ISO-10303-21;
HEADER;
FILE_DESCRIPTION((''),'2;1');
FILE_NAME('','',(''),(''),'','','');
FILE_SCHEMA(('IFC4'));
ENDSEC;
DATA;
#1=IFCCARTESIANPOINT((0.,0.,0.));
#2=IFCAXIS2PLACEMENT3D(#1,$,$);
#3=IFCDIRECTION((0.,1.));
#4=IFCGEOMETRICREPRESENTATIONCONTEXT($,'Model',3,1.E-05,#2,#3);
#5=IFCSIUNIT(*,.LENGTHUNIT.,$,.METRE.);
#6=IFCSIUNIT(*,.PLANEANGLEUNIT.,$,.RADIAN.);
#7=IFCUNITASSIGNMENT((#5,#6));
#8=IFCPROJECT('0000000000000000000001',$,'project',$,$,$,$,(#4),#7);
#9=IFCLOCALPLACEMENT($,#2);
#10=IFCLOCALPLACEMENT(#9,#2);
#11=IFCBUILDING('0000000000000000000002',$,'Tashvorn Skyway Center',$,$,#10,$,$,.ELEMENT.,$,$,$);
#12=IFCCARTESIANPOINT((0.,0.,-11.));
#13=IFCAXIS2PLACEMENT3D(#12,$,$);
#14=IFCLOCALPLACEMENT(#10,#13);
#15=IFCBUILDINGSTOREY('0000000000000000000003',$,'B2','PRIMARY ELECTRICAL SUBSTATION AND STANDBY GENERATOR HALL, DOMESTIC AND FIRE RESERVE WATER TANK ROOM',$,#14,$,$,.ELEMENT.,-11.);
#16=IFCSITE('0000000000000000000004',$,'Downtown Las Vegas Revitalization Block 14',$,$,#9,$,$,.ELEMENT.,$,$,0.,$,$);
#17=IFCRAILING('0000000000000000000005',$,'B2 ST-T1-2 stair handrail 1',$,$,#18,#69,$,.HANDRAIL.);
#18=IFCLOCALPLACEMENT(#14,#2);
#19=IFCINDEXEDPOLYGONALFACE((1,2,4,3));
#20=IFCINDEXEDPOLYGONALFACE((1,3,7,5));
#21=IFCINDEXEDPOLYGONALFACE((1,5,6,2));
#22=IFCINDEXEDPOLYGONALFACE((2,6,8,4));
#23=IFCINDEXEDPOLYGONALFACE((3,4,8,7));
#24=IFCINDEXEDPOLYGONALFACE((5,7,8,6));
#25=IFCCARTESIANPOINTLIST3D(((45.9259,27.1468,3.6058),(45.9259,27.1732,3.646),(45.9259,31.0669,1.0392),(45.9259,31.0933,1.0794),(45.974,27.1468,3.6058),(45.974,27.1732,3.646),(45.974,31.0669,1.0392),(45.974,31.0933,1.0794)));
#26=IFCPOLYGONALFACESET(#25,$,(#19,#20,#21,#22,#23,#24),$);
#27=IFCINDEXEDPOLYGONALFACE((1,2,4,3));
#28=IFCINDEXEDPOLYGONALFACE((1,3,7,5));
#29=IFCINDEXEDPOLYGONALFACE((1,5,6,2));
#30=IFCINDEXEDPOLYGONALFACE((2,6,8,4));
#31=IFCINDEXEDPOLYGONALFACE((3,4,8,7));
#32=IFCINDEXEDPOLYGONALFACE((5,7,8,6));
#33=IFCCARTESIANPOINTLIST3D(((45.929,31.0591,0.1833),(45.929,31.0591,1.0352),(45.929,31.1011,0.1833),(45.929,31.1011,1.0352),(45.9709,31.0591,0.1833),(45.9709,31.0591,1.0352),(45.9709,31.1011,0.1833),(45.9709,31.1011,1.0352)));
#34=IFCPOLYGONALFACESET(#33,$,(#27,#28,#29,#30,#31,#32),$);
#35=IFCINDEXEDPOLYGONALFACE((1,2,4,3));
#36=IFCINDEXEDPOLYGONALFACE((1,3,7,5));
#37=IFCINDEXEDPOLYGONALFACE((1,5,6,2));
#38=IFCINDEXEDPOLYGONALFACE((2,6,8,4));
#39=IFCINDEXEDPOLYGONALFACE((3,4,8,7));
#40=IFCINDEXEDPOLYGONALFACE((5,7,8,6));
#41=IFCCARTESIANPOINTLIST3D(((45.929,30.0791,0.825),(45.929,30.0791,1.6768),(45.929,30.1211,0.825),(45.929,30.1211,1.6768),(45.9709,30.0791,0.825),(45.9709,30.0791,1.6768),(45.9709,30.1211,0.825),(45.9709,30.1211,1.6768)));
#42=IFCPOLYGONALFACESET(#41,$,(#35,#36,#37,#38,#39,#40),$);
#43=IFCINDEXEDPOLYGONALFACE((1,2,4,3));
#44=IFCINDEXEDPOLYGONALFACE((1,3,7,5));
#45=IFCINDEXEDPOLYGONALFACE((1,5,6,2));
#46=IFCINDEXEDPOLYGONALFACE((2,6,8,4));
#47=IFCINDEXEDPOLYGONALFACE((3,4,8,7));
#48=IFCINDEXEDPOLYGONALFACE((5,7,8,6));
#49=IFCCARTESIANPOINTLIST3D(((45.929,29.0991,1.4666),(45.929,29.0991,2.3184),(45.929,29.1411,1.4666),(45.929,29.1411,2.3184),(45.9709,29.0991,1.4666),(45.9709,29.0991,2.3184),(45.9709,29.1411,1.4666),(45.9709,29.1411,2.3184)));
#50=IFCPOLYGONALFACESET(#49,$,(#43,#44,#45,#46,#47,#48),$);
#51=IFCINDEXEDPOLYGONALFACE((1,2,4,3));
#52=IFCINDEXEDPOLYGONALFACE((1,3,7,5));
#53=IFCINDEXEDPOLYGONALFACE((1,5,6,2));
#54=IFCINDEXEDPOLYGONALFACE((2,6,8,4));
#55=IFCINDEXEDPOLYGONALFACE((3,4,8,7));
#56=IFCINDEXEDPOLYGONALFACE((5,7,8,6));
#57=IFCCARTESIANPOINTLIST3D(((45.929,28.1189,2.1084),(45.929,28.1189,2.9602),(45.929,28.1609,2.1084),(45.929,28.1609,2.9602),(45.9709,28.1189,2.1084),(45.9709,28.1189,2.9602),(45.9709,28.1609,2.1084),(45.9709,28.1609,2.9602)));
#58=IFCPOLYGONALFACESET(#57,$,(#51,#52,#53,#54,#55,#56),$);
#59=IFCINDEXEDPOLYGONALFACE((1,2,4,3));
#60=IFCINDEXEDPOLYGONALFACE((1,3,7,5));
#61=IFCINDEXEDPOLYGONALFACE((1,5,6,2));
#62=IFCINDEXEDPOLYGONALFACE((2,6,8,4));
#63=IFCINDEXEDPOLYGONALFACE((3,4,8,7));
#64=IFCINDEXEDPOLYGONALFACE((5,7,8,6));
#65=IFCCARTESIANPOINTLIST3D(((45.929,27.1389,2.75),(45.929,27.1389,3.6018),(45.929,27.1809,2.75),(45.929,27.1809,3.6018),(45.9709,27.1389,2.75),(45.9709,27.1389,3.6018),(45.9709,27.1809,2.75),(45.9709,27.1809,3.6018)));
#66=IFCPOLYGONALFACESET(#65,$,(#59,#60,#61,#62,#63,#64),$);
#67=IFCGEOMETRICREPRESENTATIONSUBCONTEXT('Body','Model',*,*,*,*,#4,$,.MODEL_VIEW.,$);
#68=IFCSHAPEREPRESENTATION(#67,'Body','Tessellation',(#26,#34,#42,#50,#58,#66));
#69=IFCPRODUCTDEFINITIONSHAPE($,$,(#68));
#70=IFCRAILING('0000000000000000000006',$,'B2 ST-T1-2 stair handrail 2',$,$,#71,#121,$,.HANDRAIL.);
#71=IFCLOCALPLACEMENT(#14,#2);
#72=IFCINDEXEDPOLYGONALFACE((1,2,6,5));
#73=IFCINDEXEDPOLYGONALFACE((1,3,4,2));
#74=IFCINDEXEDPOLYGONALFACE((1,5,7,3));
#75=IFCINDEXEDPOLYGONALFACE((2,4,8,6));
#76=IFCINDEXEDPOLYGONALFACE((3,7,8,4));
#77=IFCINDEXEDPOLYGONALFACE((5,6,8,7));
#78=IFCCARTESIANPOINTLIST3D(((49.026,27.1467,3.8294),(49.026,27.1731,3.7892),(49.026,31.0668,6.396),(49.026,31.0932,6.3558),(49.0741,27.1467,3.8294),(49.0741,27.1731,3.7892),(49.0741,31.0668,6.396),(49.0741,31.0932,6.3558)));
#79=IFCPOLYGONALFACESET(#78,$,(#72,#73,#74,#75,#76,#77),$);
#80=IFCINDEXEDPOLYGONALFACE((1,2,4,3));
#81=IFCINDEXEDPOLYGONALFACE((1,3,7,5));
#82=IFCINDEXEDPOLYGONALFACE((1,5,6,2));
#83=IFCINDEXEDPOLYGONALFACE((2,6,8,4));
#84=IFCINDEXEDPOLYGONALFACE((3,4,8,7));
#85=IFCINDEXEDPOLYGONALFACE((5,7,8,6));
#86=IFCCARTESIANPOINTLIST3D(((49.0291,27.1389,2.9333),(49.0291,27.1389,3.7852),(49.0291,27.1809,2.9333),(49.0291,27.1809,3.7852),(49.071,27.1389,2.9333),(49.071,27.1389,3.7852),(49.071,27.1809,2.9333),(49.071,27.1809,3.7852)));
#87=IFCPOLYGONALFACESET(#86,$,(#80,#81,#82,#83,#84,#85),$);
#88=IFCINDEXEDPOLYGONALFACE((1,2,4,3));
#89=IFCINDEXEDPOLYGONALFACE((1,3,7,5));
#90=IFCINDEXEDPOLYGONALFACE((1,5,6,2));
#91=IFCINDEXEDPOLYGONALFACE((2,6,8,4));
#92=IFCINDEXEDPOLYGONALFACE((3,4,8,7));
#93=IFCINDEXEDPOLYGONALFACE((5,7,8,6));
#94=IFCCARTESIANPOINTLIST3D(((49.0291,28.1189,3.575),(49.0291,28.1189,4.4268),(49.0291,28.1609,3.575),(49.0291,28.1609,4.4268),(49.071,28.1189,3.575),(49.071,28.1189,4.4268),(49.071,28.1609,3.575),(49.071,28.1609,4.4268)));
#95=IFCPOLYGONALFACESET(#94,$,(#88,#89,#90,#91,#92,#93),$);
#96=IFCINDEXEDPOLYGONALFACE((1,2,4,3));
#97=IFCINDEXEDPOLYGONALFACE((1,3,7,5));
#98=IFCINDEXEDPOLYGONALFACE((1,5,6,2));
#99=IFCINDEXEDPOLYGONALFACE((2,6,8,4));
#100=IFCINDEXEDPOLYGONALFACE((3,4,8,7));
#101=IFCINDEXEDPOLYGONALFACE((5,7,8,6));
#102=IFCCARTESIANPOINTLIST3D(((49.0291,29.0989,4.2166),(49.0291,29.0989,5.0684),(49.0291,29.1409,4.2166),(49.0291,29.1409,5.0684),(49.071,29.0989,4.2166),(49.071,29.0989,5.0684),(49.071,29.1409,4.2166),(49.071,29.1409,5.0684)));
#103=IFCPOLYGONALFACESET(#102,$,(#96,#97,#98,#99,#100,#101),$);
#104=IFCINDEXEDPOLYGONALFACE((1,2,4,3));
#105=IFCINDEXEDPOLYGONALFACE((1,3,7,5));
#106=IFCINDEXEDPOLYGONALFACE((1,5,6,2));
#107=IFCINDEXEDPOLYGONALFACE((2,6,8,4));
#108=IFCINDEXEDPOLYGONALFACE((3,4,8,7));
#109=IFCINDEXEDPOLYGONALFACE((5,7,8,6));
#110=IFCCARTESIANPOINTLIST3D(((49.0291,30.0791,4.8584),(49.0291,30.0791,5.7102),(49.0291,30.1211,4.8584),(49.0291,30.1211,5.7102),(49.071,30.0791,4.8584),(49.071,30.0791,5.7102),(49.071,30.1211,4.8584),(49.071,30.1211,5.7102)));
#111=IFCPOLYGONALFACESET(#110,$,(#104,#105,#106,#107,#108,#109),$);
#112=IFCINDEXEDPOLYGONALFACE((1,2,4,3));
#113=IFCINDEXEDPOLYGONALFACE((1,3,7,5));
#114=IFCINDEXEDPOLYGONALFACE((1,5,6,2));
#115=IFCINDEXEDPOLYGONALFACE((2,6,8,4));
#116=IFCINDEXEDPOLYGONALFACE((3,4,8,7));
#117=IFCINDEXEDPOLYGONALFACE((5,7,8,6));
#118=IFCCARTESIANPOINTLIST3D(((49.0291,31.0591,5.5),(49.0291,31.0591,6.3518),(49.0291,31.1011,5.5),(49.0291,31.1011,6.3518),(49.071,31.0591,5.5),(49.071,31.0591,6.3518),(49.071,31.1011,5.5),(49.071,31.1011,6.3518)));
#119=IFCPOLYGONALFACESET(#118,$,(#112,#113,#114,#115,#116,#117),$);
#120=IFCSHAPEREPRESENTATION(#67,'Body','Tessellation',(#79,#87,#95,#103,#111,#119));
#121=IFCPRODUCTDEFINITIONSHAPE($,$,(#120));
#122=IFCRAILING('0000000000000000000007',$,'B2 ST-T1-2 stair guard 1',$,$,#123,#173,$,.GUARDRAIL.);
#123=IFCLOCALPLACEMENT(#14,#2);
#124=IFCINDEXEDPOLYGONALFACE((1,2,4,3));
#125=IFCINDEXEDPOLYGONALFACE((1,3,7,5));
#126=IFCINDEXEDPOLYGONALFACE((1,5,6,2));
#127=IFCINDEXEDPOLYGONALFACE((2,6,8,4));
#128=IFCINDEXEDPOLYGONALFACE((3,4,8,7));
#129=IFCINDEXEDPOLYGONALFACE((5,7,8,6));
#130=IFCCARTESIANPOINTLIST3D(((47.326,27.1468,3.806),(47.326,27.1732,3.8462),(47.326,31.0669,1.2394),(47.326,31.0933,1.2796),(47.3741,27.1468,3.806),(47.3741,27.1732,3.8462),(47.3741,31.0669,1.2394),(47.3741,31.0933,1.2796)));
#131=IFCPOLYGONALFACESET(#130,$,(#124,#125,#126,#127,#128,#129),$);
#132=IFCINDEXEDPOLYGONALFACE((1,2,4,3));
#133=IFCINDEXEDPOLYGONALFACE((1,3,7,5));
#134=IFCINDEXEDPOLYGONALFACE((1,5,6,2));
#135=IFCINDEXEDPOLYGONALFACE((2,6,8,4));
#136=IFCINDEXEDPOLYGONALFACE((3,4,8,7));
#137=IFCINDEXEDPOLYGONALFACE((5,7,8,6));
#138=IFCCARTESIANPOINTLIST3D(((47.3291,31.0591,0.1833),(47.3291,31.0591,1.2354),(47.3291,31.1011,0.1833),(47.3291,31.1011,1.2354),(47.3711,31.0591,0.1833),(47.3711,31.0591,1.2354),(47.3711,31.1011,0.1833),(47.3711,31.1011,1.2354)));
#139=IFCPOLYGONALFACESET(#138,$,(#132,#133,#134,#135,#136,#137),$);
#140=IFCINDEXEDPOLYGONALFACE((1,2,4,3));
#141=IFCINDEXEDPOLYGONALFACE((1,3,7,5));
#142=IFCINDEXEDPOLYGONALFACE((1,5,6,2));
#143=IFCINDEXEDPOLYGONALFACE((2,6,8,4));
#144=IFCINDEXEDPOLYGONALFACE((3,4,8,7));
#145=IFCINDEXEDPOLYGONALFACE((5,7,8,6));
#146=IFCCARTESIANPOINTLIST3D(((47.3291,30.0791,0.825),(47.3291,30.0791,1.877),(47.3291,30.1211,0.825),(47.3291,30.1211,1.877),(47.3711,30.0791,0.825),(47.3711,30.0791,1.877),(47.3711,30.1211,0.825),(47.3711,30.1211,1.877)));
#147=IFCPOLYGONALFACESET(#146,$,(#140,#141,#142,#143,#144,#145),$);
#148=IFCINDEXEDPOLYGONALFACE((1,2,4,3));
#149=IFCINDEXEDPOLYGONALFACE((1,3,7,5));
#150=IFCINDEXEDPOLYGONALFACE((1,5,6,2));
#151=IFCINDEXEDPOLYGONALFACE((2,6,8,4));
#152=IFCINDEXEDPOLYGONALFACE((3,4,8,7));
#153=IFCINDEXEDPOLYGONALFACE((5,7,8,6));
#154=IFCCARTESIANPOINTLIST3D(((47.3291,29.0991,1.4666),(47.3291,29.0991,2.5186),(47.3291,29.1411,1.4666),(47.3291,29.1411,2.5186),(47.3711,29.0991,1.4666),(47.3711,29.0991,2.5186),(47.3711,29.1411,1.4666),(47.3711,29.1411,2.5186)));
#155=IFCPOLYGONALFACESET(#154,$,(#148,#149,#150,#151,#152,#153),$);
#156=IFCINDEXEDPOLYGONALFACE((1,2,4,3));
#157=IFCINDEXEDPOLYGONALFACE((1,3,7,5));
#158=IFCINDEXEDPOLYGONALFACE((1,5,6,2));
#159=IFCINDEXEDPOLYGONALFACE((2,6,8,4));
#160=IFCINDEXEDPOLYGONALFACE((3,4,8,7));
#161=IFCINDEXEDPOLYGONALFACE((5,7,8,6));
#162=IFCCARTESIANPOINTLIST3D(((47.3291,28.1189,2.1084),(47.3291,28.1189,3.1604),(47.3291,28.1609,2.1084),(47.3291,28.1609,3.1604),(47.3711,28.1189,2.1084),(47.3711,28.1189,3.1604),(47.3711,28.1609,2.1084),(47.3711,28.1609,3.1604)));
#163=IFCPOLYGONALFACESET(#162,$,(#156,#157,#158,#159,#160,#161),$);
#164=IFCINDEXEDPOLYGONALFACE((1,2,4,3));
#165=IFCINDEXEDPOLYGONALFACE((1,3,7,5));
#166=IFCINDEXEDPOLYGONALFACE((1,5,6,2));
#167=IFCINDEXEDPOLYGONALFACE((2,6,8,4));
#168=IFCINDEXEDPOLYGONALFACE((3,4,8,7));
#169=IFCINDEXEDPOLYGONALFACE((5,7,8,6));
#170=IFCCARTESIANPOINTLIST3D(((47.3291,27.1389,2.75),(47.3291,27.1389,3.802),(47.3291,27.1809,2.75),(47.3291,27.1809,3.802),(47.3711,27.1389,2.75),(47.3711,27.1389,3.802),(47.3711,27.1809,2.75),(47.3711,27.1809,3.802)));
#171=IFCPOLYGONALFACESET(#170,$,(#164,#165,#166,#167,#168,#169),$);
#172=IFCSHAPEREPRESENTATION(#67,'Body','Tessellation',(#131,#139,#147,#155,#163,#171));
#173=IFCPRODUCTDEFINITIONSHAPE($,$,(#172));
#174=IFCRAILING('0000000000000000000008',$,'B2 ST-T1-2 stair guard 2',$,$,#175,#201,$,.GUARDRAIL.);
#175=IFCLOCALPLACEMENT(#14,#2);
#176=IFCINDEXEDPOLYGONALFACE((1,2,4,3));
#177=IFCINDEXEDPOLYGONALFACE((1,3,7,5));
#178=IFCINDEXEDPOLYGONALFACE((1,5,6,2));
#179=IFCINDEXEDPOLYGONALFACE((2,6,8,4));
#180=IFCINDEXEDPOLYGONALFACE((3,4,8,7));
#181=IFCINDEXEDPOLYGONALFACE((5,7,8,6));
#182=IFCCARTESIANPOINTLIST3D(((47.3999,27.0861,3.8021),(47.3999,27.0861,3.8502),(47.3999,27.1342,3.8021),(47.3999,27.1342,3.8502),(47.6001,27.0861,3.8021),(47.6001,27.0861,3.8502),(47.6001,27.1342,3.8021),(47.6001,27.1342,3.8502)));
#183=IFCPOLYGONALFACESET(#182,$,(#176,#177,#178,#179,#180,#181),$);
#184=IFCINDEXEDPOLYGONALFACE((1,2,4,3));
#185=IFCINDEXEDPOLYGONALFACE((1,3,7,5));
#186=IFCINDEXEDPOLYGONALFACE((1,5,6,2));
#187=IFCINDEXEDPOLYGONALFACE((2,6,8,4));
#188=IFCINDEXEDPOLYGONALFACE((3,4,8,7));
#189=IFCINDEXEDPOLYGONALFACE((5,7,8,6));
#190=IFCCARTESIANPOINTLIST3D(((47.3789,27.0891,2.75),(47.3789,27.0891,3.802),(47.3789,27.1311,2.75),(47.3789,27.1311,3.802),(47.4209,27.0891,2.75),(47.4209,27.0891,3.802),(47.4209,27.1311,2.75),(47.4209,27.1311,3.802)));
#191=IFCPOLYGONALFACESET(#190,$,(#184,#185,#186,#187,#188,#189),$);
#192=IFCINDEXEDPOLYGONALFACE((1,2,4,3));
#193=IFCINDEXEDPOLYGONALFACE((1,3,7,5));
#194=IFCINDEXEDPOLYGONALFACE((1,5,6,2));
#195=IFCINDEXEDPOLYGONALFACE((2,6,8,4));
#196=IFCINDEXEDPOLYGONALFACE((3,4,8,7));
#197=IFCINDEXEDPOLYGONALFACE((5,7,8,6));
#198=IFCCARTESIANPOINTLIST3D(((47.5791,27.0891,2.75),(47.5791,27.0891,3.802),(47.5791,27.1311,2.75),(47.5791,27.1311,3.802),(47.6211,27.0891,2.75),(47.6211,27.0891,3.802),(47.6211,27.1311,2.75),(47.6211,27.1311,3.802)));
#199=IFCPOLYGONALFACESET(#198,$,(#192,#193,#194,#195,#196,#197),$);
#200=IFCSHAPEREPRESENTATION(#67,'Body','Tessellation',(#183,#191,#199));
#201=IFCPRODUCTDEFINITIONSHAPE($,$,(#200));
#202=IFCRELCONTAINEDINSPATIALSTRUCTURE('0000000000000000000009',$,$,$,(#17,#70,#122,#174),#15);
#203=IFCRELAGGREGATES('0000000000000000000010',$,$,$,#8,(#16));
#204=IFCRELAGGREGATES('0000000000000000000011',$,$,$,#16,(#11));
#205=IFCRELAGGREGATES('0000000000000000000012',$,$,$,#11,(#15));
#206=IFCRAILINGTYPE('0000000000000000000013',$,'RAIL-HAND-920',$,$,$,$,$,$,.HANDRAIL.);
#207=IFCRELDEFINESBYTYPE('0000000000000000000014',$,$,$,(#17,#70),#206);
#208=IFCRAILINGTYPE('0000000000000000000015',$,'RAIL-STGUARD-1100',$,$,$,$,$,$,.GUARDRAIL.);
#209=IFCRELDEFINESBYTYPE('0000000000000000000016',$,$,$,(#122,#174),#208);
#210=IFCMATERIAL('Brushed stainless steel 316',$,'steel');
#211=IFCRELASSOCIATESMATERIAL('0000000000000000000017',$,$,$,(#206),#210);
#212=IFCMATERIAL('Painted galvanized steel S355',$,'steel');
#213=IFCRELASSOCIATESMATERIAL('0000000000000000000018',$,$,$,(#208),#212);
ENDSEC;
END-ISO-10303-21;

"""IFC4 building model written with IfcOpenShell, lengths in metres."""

from ifc_helpers import new_model, si_unit, direction, frame, origin, origin_2d, place, context, subcontext, project, spatial, rectangle, extrude, material, type_object, element, save


model = new_model("IFC4")

# Units and contexts
model_context = context("Model", 3, precision=1e-05, world=origin(), true_north=direction((0.0, 1.0)))
body_context = subcontext(model_context, "Body", "Model", "MODEL_VIEW")
ifc_project = project(units=[si_unit("LENGTHUNIT", "METRE"), si_unit("PLANEANGLEUNIT", "RADIAN")], contexts=[model_context])

# Site, building, storey
site_placement = place(None, origin())
site = spatial("IfcSite", under=ifc_project, at=site_placement, Name="Downtown Las Vegas Revitalization Block 14", CompositionType="ELEMENT", RefElevation=0.0)
building_placement = place(site_placement, origin())
building = spatial("IfcBuilding", under=site, at=building_placement, Name="Tashvorn Skyway Center", CompositionType="ELEMENT")
storey_placement = place(building_placement, frame((0.0, 0.0, -11.0)))
storey = spatial("IfcBuildingStorey", under=building, at=storey_placement, Name="B2", Description="PRIMARY ELECTRICAL SUBSTATION AND STANDBY GENERATOR HALL, DOMESTIC AND FIRE RESERVE WATER TANK ROOM", CompositionType="ELEMENT", Elevation=-11.0)

# Railings
ifc_material_1 = material(Name="Brushed stainless steel 316", Category="steel")
railing_type_1 = type_object("IfcRailingType", Name="RAIL-HAND-920", PredefinedType="HANDRAIL", material=ifc_material_1)
railing_1_placement = place(storey_placement, frame((45.95, 31.0801, 0.1833)))
element("IfcRailing", 1, at=railing_1_placement, inside=storey, type_object=railing_type_1, Name="B2 ST-T1-2 stair handrail 1", PredefinedType="HANDRAIL", context=body_context, shape_type="SweptSolid", body=[
    extrude(rectangle(XDim=0.0481, YDim=0.0481, at=origin_2d()), frame((0.0, 0.0, 0.876), z_axis=(0.0, -0.836631, 0.547767), x_axis=(1.0, 0.0, 0.0)), (0.0, 0.0, 1.0), 4.6855),
    extrude(rectangle(XDim=0.042, YDim=0.042, at=origin_2d()), origin(), (0.0, 0.0, 1.0), 0.8518),
    extrude(rectangle(XDim=0.042, YDim=0.042, at=origin_2d()), frame((0.0, -0.98, 0.6416)), (0.0, 0.0, 1.0), 0.8518),
    extrude(rectangle(XDim=0.042, YDim=0.042, at=origin_2d()), frame((0.0, -1.96, 1.2832)), (0.0, 0.0, 1.0), 0.8518),
    extrude(rectangle(XDim=0.042, YDim=0.042, at=origin_2d()), frame((0.0, -2.9402, 1.925)), (0.0, 0.0, 1.0), 0.8518),
    extrude(rectangle(XDim=0.042, YDim=0.042, at=origin_2d()), frame((0.0, -3.9202, 2.5667)), (0.0, 0.0, 1.0), 0.8518),
])
railing_2_placement = place(storey_placement, frame((49.05, 27.1599, 2.9333)))
element("IfcRailing", 2, at=railing_2_placement, inside=storey, type_object=railing_type_1, Name="B2 ST-T1-2 stair handrail 2", PredefinedType="HANDRAIL", context=body_context, shape_type="SweptSolid", body=[
    extrude(rectangle(XDim=0.0481, YDim=0.0481, at=origin_2d()), frame((0.0, 0.0, 0.876), z_axis=(0.0, 0.836631, 0.547767), x_axis=(-1.0, 0.0, 0.0)), (0.0, 0.0, 1.0), 4.6855),
    extrude(rectangle(XDim=0.042, YDim=0.042, at=origin_2d()), origin(), (0.0, 0.0, 1.0), 0.8518),
    extrude(rectangle(XDim=0.042, YDim=0.042, at=origin_2d()), frame((0.0, 0.98, 0.6416)), (0.0, 0.0, 1.0), 0.8518),
    extrude(rectangle(XDim=0.042, YDim=0.042, at=origin_2d()), frame((0.0, 1.96, 1.2832)), (0.0, 0.0, 1.0), 0.8518),
    extrude(rectangle(XDim=0.042, YDim=0.042, at=origin_2d()), frame((0.0, 2.9402, 1.925)), (0.0, 0.0, 1.0), 0.8518),
    extrude(rectangle(XDim=0.042, YDim=0.042, at=origin_2d()), frame((0.0, 3.9202, 2.5667)), (0.0, 0.0, 1.0), 0.8518),
])
ifc_material_2 = material(Name="Painted galvanized steel S355", Category="steel")
railing_type_2 = type_object("IfcRailingType", Name="RAIL-STGUARD-1100", PredefinedType="GUARDRAIL", material=ifc_material_2)
railing_3_placement = place(storey_placement, frame((47.3501, 31.0801, 0.1833)))
element("IfcRailing", 3, at=railing_3_placement, inside=storey, type_object=railing_type_2, Name="B2 ST-T1-2 stair guard 1", PredefinedType="GUARDRAIL", context=body_context, shape_type="SweptSolid", body=[
    extrude(rectangle(XDim=0.0481, YDim=0.0481, at=origin_2d()), frame((0.0, 0.0, 1.0762), z_axis=(0.0, -0.836631, 0.547767), x_axis=(1.0, 0.0, 0.0)), (0.0, 0.0, 1.0), 4.6855),
    extrude(rectangle(XDim=0.042, YDim=0.042, at=origin_2d()), origin(), (0.0, 0.0, 1.0), 1.052),
    extrude(rectangle(XDim=0.042, YDim=0.042, at=origin_2d()), frame((0.0, -0.98, 0.6416)), (0.0, 0.0, 1.0), 1.052),
    extrude(rectangle(XDim=0.042, YDim=0.042, at=origin_2d()), frame((0.0, -1.96, 1.2832)), (0.0, 0.0, 1.0), 1.052),
    extrude(rectangle(XDim=0.042, YDim=0.042, at=origin_2d()), frame((0.0, -2.9402, 1.925)), (0.0, 0.0, 1.0), 1.052),
    extrude(rectangle(XDim=0.042, YDim=0.042, at=origin_2d()), frame((0.0, -3.9202, 2.5667)), (0.0, 0.0, 1.0), 1.052),
])
railing_4_placement = place(storey_placement, frame((47.3999, 27.1101, 2.75)))
element("IfcRailing", 4, at=railing_4_placement, inside=storey, type_object=railing_type_2, Name="B2 ST-T1-2 stair guard 2", PredefinedType="GUARDRAIL", context=body_context, shape_type="SweptSolid", body=[
    extrude(rectangle(XDim=0.0481, YDim=0.0481, at=origin_2d()), frame((0.0, 0.0, 1.0762), z_axis=(1.0, 0.0, 0.0), x_axis=(0.0, 1.0, 0.0)), (0.0, 0.0, 1.0), 0.2002),
    extrude(rectangle(XDim=0.042, YDim=0.042, at=origin_2d()), origin(), (0.0, 0.0, 1.0), 1.052),
    extrude(rectangle(XDim=0.042, YDim=0.042, at=origin_2d()), frame((0.2002, 0.0, 0.0)), (0.0, 0.0, 1.0), 1.052),
])

save(model, "model.ifc")
